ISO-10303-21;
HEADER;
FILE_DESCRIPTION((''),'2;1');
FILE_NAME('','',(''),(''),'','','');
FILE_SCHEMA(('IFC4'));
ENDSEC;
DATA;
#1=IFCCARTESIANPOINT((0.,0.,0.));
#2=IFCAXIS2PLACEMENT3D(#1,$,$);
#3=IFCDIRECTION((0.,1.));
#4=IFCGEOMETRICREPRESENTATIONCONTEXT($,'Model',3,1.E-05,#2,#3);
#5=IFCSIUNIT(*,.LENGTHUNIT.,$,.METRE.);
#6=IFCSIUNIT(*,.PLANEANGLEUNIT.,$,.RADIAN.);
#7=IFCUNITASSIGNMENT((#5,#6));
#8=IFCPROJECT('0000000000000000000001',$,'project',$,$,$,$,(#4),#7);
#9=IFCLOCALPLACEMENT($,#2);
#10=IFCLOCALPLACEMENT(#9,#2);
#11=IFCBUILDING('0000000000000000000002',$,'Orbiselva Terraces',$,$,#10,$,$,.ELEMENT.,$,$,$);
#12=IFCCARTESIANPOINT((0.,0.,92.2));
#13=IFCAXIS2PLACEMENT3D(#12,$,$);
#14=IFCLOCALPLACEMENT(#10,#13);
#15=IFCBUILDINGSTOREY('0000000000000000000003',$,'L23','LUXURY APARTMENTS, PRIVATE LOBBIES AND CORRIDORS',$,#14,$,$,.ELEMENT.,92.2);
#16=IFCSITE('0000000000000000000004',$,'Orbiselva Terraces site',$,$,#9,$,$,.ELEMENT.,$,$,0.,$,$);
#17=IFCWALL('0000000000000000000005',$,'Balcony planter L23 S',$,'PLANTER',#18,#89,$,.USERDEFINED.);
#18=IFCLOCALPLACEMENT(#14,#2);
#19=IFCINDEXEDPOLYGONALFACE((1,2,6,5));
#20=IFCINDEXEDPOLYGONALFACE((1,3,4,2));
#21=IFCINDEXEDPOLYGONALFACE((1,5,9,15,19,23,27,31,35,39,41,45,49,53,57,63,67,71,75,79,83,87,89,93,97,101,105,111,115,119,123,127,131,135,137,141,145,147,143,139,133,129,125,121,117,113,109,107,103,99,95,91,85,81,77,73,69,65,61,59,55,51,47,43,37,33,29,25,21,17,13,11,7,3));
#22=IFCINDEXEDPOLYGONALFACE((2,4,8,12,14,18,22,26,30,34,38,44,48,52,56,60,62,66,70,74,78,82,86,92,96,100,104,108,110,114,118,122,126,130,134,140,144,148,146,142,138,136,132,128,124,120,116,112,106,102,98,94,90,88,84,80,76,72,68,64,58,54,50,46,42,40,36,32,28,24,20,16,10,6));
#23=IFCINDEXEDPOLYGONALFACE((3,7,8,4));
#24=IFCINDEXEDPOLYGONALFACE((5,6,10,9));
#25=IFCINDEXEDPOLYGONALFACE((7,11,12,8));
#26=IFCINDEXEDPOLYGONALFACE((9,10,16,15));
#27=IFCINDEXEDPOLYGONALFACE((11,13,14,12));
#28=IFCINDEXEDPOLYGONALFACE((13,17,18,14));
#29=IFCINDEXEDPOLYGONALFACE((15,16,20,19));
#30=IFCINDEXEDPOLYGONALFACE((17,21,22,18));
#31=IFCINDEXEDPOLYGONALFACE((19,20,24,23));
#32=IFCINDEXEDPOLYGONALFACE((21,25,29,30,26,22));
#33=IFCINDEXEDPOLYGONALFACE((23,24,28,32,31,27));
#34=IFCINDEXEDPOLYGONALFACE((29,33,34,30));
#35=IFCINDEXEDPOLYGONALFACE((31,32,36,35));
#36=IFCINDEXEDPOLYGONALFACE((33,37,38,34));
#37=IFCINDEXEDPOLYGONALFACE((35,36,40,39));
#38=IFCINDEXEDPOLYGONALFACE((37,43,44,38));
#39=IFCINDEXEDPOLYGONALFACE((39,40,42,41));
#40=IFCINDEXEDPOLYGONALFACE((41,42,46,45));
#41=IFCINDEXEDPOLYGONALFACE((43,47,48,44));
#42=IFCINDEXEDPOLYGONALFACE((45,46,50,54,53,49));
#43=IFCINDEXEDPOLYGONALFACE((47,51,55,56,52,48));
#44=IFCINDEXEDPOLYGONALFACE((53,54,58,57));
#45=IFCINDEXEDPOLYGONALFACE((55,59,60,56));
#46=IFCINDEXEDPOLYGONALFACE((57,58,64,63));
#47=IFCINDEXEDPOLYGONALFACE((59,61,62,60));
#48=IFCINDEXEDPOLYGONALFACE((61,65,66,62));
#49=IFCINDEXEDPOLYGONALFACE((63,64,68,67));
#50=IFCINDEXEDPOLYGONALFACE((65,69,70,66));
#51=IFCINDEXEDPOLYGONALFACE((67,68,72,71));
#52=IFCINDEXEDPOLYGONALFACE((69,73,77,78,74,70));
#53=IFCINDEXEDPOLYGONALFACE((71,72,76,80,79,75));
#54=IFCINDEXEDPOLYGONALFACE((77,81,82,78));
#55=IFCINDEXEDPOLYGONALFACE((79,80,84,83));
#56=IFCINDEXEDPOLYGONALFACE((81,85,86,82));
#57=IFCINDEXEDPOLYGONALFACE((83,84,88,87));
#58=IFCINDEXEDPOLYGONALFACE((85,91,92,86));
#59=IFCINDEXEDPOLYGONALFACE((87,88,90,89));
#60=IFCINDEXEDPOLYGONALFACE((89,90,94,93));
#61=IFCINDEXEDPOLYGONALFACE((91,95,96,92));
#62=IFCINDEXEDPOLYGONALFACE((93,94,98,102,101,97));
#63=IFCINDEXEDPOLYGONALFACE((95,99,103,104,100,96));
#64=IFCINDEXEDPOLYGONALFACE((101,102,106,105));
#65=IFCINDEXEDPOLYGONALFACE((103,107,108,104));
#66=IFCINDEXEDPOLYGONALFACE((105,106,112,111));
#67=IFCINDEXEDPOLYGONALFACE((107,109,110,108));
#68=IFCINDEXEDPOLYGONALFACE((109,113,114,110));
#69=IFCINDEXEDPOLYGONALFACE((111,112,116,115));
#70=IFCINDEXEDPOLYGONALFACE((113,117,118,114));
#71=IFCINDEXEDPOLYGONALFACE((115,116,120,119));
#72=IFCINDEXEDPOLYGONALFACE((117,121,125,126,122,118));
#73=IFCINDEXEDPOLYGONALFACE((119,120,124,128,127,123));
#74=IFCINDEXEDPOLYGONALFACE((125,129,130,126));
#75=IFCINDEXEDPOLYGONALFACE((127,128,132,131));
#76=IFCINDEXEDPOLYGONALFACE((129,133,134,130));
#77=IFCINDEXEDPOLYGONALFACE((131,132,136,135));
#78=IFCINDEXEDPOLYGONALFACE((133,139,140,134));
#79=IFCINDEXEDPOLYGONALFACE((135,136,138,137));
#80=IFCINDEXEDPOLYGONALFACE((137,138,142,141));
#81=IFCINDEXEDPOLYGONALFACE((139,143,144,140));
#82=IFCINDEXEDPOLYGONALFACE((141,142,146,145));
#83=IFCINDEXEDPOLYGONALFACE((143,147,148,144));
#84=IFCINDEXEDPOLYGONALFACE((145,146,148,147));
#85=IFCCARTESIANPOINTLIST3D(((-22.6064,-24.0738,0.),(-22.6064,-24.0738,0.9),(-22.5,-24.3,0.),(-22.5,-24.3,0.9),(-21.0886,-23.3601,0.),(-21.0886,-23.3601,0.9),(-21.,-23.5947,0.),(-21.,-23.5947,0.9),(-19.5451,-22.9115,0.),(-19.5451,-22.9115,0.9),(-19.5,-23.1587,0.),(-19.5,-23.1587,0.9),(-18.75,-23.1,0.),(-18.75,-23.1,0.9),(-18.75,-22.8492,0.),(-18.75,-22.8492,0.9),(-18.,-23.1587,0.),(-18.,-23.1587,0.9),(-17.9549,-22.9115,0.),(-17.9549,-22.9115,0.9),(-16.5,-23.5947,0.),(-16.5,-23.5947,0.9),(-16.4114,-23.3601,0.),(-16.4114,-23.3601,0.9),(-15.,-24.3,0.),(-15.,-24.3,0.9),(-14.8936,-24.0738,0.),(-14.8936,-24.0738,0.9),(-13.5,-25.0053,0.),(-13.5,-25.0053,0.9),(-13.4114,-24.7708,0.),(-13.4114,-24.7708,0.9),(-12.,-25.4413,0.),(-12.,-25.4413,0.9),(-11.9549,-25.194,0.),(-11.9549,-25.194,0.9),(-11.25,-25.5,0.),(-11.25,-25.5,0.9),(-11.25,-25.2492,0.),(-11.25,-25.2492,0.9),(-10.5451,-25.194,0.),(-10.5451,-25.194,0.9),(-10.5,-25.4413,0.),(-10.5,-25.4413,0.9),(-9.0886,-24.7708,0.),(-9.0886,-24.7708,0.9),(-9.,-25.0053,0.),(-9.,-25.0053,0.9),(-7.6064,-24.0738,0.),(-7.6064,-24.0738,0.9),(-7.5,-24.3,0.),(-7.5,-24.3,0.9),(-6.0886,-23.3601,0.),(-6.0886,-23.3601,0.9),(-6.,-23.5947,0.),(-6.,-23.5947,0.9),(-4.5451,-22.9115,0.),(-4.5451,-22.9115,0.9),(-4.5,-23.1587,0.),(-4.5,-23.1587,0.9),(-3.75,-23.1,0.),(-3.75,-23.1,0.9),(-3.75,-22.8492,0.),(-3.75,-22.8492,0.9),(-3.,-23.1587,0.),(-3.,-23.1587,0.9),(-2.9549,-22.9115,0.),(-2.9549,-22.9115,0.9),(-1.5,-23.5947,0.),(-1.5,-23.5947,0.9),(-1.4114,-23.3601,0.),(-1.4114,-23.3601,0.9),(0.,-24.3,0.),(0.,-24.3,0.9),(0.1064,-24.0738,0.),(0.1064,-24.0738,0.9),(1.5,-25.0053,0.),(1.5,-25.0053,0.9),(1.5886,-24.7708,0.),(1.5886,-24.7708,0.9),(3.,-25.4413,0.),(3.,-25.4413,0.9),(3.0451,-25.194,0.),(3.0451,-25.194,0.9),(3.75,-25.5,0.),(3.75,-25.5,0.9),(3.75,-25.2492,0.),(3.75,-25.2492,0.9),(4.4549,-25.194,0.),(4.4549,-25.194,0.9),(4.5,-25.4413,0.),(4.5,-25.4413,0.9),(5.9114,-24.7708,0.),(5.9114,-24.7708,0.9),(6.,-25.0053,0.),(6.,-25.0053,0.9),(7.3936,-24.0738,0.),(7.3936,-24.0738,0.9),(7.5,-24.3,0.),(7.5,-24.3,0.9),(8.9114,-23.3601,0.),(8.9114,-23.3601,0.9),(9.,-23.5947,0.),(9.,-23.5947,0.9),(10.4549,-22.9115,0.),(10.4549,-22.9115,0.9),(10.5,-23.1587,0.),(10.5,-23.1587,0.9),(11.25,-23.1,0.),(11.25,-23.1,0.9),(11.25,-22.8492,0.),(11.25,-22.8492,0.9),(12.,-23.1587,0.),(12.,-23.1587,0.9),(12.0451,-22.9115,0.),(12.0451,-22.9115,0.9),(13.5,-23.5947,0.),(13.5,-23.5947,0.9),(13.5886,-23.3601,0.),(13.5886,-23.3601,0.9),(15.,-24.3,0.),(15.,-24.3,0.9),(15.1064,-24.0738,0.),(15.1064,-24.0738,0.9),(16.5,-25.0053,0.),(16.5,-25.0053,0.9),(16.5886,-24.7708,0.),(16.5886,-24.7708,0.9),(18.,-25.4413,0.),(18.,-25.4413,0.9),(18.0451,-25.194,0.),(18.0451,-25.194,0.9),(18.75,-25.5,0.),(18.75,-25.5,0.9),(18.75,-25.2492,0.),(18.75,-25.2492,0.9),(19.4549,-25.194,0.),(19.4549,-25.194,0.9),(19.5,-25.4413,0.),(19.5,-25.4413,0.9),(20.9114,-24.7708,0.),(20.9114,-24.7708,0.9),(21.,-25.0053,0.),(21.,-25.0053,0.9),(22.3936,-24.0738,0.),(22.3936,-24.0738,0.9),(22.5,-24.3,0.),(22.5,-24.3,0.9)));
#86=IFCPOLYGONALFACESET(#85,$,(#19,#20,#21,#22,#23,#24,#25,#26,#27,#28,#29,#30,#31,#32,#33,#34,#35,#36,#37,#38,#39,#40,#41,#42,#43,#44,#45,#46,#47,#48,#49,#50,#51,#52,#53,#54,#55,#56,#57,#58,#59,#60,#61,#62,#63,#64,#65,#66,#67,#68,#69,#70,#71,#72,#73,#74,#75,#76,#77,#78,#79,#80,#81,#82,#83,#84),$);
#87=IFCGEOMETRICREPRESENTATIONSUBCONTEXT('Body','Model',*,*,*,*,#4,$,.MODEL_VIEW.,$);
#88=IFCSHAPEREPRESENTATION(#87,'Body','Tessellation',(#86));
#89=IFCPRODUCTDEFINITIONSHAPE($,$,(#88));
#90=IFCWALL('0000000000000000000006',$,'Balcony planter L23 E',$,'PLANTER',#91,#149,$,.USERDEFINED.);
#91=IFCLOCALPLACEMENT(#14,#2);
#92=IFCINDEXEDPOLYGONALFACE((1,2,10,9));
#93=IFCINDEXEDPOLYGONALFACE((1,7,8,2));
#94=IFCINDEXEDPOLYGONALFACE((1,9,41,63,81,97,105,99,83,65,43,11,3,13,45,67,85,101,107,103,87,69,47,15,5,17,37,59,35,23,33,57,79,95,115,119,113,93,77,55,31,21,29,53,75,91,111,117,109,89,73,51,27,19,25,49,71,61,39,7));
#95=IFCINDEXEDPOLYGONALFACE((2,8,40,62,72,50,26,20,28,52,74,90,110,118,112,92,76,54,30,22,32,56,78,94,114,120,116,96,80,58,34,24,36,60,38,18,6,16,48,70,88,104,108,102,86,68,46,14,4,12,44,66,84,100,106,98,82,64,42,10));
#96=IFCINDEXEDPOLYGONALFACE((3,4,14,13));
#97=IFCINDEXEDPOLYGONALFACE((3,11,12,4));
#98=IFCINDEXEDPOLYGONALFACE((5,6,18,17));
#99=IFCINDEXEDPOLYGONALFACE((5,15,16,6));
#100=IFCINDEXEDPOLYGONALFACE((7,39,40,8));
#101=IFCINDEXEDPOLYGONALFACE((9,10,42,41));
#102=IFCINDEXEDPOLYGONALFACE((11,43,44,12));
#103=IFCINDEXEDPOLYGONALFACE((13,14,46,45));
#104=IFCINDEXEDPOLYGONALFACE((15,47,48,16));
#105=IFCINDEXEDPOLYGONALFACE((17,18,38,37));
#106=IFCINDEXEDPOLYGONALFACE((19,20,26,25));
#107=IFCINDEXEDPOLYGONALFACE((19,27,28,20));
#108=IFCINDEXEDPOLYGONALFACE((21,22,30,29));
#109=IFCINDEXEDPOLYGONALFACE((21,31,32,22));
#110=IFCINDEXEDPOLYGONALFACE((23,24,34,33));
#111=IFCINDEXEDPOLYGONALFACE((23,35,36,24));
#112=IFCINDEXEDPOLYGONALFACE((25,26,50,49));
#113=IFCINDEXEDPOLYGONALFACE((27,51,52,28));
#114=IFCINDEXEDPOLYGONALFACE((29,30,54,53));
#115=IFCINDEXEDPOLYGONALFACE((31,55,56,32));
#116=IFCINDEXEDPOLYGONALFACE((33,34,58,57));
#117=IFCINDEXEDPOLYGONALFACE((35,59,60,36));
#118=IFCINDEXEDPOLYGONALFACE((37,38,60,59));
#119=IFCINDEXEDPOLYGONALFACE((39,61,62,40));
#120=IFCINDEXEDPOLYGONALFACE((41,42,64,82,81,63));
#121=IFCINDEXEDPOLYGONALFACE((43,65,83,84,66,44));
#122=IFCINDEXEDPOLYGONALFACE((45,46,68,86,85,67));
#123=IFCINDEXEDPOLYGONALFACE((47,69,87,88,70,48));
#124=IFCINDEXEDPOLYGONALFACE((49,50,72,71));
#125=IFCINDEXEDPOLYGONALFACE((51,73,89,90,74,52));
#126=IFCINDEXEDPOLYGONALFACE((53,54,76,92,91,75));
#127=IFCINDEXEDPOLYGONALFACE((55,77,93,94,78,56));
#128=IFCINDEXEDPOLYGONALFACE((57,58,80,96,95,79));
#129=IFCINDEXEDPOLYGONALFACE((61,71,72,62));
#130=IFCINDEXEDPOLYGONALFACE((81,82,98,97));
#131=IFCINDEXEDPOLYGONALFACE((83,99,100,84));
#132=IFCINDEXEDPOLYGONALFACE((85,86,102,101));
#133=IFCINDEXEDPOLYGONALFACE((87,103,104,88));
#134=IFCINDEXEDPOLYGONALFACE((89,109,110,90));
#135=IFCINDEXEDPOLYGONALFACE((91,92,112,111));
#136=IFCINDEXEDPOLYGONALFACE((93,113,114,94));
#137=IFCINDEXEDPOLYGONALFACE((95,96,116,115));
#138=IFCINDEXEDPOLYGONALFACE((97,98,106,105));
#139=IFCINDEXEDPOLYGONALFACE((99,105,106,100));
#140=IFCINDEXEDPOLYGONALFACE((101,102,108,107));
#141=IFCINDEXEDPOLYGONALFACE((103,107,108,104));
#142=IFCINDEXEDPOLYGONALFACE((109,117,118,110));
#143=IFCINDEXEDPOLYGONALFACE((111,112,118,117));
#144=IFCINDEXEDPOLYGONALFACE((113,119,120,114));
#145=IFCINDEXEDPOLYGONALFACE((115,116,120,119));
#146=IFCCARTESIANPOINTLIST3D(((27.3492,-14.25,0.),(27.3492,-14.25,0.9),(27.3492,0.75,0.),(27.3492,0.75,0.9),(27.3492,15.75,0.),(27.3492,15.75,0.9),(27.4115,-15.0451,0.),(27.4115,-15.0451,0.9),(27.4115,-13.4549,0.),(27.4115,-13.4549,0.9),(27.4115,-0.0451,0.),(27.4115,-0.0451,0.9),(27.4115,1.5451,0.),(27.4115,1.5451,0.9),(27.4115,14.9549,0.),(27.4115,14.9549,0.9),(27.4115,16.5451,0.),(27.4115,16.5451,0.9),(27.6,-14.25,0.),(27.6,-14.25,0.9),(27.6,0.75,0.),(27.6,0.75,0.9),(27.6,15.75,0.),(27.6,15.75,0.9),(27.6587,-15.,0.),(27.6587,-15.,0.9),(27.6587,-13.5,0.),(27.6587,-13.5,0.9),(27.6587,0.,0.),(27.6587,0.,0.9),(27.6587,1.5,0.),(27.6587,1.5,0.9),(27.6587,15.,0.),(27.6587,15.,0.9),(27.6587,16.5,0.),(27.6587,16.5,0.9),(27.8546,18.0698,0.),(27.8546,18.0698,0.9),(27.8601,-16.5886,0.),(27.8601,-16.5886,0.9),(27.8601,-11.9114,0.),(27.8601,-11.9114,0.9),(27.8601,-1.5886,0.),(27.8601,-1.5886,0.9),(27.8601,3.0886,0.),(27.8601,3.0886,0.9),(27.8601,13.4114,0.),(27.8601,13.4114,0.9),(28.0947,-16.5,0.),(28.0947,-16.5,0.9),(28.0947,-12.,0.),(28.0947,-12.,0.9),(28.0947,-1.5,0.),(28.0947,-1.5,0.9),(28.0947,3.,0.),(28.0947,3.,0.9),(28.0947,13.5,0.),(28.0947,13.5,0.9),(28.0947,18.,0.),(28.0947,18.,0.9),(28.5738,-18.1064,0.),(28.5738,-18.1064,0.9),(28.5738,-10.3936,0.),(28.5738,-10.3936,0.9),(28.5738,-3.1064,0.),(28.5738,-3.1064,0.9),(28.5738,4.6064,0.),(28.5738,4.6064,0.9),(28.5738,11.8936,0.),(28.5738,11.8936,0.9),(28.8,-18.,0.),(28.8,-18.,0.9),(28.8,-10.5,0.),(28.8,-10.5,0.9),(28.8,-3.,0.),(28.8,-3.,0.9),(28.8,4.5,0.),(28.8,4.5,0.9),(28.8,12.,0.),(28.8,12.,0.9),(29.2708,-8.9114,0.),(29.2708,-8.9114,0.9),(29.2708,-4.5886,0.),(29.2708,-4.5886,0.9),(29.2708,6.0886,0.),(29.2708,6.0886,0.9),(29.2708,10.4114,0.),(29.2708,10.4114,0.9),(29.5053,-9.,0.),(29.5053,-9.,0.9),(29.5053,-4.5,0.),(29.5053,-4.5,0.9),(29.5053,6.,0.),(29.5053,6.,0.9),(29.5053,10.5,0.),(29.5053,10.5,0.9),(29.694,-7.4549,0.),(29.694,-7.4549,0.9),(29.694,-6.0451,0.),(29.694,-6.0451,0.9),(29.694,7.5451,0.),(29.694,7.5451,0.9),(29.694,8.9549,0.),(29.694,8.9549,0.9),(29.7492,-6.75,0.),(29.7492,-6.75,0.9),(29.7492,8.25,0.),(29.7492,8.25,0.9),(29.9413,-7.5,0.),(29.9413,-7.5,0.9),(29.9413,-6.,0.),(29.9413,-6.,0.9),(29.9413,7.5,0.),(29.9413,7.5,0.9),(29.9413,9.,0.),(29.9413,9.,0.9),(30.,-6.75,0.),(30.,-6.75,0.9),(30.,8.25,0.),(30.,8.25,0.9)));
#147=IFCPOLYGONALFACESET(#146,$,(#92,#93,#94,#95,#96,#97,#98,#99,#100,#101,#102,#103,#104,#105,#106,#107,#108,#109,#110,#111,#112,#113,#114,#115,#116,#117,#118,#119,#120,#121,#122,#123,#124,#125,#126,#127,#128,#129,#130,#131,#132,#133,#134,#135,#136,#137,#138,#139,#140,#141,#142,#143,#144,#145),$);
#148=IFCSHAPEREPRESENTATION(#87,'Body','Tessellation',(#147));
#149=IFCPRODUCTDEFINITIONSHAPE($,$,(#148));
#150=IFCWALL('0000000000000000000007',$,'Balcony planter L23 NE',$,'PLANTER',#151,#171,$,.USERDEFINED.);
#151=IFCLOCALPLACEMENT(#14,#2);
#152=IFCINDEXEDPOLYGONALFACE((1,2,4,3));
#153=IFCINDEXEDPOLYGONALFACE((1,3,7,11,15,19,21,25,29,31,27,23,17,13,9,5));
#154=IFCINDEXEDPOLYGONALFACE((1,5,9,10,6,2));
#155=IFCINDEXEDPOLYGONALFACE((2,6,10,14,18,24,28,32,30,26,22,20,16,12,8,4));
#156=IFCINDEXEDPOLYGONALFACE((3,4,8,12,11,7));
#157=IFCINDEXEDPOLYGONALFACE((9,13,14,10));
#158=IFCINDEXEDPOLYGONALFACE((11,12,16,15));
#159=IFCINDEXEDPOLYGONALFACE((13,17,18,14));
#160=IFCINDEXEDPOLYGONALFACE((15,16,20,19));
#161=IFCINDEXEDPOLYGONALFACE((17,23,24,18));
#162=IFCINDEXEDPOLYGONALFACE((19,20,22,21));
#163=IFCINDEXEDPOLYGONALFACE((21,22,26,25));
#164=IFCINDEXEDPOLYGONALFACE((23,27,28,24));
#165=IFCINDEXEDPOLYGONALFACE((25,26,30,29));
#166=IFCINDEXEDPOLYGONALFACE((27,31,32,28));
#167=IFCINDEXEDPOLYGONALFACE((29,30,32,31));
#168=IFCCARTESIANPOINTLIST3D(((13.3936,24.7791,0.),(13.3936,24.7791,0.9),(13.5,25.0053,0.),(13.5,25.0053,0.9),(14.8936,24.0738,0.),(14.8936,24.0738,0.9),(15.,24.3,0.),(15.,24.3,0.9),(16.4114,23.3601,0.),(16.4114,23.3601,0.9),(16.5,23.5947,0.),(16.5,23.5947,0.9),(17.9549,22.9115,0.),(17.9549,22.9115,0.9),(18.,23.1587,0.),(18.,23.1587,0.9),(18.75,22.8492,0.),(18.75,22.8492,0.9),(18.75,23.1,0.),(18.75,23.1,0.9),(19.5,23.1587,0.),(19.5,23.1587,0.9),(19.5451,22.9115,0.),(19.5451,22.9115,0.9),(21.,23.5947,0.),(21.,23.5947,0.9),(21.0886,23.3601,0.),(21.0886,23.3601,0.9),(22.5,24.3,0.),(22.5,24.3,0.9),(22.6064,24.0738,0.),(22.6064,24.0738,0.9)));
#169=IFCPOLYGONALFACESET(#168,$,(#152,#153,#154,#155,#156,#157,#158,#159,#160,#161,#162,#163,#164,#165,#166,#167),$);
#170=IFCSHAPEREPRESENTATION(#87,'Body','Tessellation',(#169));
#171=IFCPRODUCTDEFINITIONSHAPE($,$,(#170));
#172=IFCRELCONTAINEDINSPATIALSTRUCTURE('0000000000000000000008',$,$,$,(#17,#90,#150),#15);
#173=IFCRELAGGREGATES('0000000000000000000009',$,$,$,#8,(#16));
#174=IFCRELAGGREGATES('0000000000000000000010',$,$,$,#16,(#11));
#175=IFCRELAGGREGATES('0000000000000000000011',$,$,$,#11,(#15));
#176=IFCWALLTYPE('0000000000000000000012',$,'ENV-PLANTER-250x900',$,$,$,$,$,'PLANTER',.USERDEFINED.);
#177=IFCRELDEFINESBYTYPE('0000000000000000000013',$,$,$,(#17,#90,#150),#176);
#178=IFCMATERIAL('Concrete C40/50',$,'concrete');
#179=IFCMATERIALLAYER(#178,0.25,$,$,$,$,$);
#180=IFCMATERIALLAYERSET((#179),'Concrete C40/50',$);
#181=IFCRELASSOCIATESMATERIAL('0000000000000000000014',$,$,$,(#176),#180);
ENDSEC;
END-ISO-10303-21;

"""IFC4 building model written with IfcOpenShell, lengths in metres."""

from ifc_helpers import new_model, si_unit, direction, frame, origin, place, context, subcontext, project, spatial, polyline, outline, extrude, material, layer, layer_set, type_object, element, save


model = new_model("IFC4")

# Units and contexts
model_context = context("Model", 3, precision=1e-05, world=origin(), true_north=direction((0.0, 1.0)))
body_context = subcontext(model_context, "Body", "Model", "MODEL_VIEW")
ifc_project = project(units=[si_unit("LENGTHUNIT", "METRE"), si_unit("PLANEANGLEUNIT", "RADIAN")], contexts=[model_context])

# Site, building, storey
site_placement = place(None, origin())
site = spatial("IfcSite", under=ifc_project, at=site_placement, Name="Orbiselva Terraces site", CompositionType="ELEMENT", RefElevation=0.0)
building_placement = place(site_placement, origin())
building = spatial("IfcBuilding", under=site, at=building_placement, Name="Orbiselva Terraces", CompositionType="ELEMENT")
storey_placement = place(building_placement, frame((0.0, 0.0, 92.2)))
storey = spatial("IfcBuildingStorey", under=building, at=storey_placement, Name="L23", Description="LUXURY APARTMENTS, PRIVATE LOBBIES AND CORRIDORS", CompositionType="ELEMENT", Elevation=92.2)

# Shared definitions
ifc_material_1 = material(Name="Concrete C40/50", Category="concrete")

# Walls
ifc_layer_1 = layer(ifc_material_1, 0.25)
ifc_layer_set_1 = layer_set([ifc_layer_1], Name="Concrete C40/50")
wall_type = type_object("IfcWallType", Name="ENV-PLANTER-250x900", ElementType="PLANTER", PredefinedType="USERDEFINED", material=ifc_layer_set_1)
wall_1_placement = place(storey_placement, origin())
element("IfcWall", 1, at=wall_1_placement, inside=storey, type_object=wall_type, Name="Balcony planter L23 S", ObjectType="PLANTER", PredefinedType="USERDEFINED", context=body_context, shape_type="SweptSolid", body=[
    extrude(outline(polyline([(-22.5, -24.3), (-21.0, -23.5947), (-19.5, -23.1587), (-18.75, -23.1), (-18.0, -23.1587), (-16.5, -23.5947), (-15.0, -24.3), (-13.5, -25.0053), (-12.0, -25.4413), (-11.25, -25.5), (-10.5, -25.4413), (-9.0, -25.0053), (-7.5, -24.3), (-6.0, -23.5947), (-4.5, -23.1587), (-3.75, -23.1), (-3.0, -23.1587), (-1.5, -23.5947), (0.0, -24.3), (1.5, -25.0053), (3.0, -25.4413), (3.75, -25.5), (4.5, -25.4413), (6.0, -25.0053), (7.5, -24.3), (9.0, -23.5947), (10.5, -23.1587), (11.25, -23.1), (12.0, -23.1587), (13.5, -23.5947), (15.0, -24.3), (16.5, -25.0053), (18.0, -25.4413), (18.75, -25.5), (19.5, -25.4413), (21.0, -25.0053), (22.5, -24.3), (22.3936, -24.0738), (20.9114, -24.7708), (19.4549, -25.194), (18.75, -25.2492), (18.0451, -25.194), (16.5886, -24.7708), (15.1064, -24.0738), (13.5886, -23.3601), (12.0451, -22.9115), (11.25, -22.8492), (10.4549, -22.9115), (8.9114, -23.3601), (7.3936, -24.0738), (5.9114, -24.7708), (4.4549, -25.194), (3.75, -25.2492), (3.0451, -25.194), (1.5886, -24.7708), (0.1064, -24.0738), (-1.4114, -23.3601), (-2.9549, -22.9115), (-3.75, -22.8492), (-4.5451, -22.9115), (-6.0886, -23.3601), (-7.6064, -24.0738), (-9.0886, -24.7708), (-10.5451, -25.194), (-11.25, -25.2492), (-11.9549, -25.194), (-13.4114, -24.7708), (-14.8936, -24.0738), (-16.4114, -23.3601), (-17.9549, -22.9115), (-18.75, -22.8492), (-19.5451, -22.9115), (-21.0886, -23.3601), (-22.6064, -24.0738), (-22.5, -24.3)])), origin(), (0.0, 0.0, 1.0), 0.9),
])
wall_2_placement = place(storey_placement, origin())
element("IfcWall", 2, at=wall_2_placement, inside=storey, type_object=wall_type, Name="Balcony planter L23 E", ObjectType="PLANTER", PredefinedType="USERDEFINED", context=body_context, shape_type="SweptSolid", body=[
    extrude(outline(polyline([(28.8, -18.0), (28.0947, -16.5), (27.6587, -15.0), (27.6, -14.25), (27.6587, -13.5), (28.0947, -12.0), (28.8, -10.5), (29.5053, -9.0), (29.9413, -7.5), (30.0, -6.75), (29.9413, -6.0), (29.5053, -4.5), (28.8, -3.0), (28.0947, -1.5), (27.6587, 0.0), (27.6, 0.75), (27.6587, 1.5), (28.0947, 3.0), (28.8, 4.5), (29.5053, 6.0), (29.9413, 7.5), (30.0, 8.25), (29.9413, 9.0), (29.5053, 10.5), (28.8, 12.0), (28.0947, 13.5), (27.6587, 15.0), (27.6, 15.75), (27.6587, 16.5), (28.0947, 18.0), (27.8546, 18.0698), (27.4115, 16.5451), (27.3492, 15.75), (27.4115, 14.9549), (27.8601, 13.4114), (28.5738, 11.8936), (29.2708, 10.4114), (29.694, 8.9549), (29.7492, 8.25), (29.694, 7.5451), (29.2708, 6.0886), (28.5738, 4.6064), (27.8601, 3.0886), (27.4115, 1.5451), (27.3492, 0.75), (27.4115, -0.0451), (27.8601, -1.5886), (28.5738, -3.1064), (29.2708, -4.5886), (29.694, -6.0451), (29.7492, -6.75), (29.694, -7.4549), (29.2708, -8.9114), (28.5738, -10.3936), (27.8601, -11.9114), (27.4115, -13.4549), (27.3492, -14.25), (27.4115, -15.0451), (27.8601, -16.5886), (28.5738, -18.1064), (28.8, -18.0)])), origin(), (0.0, 0.0, 1.0), 0.9),
])
wall_3_placement = place(storey_placement, origin())
element("IfcWall", 3, at=wall_3_placement, inside=storey, type_object=wall_type, Name="Balcony planter L23 NE", ObjectType="PLANTER", PredefinedType="USERDEFINED", context=body_context, shape_type="SweptSolid", body=[
    extrude(outline(polyline([(22.5, 24.3), (21.0, 23.5947), (19.5, 23.1587), (18.75, 23.1), (18.0, 23.1587), (16.5, 23.5947), (15.0, 24.3), (13.5, 25.0053), (13.3936, 24.7791), (14.8936, 24.0738), (16.4114, 23.3601), (17.9549, 22.9115), (18.75, 22.8492), (19.5451, 22.9115), (21.0886, 23.3601), (22.6064, 24.0738), (22.5, 24.3)])), origin(), (0.0, 0.0, 1.0), 0.9),
])

save(model, "model.ifc")
